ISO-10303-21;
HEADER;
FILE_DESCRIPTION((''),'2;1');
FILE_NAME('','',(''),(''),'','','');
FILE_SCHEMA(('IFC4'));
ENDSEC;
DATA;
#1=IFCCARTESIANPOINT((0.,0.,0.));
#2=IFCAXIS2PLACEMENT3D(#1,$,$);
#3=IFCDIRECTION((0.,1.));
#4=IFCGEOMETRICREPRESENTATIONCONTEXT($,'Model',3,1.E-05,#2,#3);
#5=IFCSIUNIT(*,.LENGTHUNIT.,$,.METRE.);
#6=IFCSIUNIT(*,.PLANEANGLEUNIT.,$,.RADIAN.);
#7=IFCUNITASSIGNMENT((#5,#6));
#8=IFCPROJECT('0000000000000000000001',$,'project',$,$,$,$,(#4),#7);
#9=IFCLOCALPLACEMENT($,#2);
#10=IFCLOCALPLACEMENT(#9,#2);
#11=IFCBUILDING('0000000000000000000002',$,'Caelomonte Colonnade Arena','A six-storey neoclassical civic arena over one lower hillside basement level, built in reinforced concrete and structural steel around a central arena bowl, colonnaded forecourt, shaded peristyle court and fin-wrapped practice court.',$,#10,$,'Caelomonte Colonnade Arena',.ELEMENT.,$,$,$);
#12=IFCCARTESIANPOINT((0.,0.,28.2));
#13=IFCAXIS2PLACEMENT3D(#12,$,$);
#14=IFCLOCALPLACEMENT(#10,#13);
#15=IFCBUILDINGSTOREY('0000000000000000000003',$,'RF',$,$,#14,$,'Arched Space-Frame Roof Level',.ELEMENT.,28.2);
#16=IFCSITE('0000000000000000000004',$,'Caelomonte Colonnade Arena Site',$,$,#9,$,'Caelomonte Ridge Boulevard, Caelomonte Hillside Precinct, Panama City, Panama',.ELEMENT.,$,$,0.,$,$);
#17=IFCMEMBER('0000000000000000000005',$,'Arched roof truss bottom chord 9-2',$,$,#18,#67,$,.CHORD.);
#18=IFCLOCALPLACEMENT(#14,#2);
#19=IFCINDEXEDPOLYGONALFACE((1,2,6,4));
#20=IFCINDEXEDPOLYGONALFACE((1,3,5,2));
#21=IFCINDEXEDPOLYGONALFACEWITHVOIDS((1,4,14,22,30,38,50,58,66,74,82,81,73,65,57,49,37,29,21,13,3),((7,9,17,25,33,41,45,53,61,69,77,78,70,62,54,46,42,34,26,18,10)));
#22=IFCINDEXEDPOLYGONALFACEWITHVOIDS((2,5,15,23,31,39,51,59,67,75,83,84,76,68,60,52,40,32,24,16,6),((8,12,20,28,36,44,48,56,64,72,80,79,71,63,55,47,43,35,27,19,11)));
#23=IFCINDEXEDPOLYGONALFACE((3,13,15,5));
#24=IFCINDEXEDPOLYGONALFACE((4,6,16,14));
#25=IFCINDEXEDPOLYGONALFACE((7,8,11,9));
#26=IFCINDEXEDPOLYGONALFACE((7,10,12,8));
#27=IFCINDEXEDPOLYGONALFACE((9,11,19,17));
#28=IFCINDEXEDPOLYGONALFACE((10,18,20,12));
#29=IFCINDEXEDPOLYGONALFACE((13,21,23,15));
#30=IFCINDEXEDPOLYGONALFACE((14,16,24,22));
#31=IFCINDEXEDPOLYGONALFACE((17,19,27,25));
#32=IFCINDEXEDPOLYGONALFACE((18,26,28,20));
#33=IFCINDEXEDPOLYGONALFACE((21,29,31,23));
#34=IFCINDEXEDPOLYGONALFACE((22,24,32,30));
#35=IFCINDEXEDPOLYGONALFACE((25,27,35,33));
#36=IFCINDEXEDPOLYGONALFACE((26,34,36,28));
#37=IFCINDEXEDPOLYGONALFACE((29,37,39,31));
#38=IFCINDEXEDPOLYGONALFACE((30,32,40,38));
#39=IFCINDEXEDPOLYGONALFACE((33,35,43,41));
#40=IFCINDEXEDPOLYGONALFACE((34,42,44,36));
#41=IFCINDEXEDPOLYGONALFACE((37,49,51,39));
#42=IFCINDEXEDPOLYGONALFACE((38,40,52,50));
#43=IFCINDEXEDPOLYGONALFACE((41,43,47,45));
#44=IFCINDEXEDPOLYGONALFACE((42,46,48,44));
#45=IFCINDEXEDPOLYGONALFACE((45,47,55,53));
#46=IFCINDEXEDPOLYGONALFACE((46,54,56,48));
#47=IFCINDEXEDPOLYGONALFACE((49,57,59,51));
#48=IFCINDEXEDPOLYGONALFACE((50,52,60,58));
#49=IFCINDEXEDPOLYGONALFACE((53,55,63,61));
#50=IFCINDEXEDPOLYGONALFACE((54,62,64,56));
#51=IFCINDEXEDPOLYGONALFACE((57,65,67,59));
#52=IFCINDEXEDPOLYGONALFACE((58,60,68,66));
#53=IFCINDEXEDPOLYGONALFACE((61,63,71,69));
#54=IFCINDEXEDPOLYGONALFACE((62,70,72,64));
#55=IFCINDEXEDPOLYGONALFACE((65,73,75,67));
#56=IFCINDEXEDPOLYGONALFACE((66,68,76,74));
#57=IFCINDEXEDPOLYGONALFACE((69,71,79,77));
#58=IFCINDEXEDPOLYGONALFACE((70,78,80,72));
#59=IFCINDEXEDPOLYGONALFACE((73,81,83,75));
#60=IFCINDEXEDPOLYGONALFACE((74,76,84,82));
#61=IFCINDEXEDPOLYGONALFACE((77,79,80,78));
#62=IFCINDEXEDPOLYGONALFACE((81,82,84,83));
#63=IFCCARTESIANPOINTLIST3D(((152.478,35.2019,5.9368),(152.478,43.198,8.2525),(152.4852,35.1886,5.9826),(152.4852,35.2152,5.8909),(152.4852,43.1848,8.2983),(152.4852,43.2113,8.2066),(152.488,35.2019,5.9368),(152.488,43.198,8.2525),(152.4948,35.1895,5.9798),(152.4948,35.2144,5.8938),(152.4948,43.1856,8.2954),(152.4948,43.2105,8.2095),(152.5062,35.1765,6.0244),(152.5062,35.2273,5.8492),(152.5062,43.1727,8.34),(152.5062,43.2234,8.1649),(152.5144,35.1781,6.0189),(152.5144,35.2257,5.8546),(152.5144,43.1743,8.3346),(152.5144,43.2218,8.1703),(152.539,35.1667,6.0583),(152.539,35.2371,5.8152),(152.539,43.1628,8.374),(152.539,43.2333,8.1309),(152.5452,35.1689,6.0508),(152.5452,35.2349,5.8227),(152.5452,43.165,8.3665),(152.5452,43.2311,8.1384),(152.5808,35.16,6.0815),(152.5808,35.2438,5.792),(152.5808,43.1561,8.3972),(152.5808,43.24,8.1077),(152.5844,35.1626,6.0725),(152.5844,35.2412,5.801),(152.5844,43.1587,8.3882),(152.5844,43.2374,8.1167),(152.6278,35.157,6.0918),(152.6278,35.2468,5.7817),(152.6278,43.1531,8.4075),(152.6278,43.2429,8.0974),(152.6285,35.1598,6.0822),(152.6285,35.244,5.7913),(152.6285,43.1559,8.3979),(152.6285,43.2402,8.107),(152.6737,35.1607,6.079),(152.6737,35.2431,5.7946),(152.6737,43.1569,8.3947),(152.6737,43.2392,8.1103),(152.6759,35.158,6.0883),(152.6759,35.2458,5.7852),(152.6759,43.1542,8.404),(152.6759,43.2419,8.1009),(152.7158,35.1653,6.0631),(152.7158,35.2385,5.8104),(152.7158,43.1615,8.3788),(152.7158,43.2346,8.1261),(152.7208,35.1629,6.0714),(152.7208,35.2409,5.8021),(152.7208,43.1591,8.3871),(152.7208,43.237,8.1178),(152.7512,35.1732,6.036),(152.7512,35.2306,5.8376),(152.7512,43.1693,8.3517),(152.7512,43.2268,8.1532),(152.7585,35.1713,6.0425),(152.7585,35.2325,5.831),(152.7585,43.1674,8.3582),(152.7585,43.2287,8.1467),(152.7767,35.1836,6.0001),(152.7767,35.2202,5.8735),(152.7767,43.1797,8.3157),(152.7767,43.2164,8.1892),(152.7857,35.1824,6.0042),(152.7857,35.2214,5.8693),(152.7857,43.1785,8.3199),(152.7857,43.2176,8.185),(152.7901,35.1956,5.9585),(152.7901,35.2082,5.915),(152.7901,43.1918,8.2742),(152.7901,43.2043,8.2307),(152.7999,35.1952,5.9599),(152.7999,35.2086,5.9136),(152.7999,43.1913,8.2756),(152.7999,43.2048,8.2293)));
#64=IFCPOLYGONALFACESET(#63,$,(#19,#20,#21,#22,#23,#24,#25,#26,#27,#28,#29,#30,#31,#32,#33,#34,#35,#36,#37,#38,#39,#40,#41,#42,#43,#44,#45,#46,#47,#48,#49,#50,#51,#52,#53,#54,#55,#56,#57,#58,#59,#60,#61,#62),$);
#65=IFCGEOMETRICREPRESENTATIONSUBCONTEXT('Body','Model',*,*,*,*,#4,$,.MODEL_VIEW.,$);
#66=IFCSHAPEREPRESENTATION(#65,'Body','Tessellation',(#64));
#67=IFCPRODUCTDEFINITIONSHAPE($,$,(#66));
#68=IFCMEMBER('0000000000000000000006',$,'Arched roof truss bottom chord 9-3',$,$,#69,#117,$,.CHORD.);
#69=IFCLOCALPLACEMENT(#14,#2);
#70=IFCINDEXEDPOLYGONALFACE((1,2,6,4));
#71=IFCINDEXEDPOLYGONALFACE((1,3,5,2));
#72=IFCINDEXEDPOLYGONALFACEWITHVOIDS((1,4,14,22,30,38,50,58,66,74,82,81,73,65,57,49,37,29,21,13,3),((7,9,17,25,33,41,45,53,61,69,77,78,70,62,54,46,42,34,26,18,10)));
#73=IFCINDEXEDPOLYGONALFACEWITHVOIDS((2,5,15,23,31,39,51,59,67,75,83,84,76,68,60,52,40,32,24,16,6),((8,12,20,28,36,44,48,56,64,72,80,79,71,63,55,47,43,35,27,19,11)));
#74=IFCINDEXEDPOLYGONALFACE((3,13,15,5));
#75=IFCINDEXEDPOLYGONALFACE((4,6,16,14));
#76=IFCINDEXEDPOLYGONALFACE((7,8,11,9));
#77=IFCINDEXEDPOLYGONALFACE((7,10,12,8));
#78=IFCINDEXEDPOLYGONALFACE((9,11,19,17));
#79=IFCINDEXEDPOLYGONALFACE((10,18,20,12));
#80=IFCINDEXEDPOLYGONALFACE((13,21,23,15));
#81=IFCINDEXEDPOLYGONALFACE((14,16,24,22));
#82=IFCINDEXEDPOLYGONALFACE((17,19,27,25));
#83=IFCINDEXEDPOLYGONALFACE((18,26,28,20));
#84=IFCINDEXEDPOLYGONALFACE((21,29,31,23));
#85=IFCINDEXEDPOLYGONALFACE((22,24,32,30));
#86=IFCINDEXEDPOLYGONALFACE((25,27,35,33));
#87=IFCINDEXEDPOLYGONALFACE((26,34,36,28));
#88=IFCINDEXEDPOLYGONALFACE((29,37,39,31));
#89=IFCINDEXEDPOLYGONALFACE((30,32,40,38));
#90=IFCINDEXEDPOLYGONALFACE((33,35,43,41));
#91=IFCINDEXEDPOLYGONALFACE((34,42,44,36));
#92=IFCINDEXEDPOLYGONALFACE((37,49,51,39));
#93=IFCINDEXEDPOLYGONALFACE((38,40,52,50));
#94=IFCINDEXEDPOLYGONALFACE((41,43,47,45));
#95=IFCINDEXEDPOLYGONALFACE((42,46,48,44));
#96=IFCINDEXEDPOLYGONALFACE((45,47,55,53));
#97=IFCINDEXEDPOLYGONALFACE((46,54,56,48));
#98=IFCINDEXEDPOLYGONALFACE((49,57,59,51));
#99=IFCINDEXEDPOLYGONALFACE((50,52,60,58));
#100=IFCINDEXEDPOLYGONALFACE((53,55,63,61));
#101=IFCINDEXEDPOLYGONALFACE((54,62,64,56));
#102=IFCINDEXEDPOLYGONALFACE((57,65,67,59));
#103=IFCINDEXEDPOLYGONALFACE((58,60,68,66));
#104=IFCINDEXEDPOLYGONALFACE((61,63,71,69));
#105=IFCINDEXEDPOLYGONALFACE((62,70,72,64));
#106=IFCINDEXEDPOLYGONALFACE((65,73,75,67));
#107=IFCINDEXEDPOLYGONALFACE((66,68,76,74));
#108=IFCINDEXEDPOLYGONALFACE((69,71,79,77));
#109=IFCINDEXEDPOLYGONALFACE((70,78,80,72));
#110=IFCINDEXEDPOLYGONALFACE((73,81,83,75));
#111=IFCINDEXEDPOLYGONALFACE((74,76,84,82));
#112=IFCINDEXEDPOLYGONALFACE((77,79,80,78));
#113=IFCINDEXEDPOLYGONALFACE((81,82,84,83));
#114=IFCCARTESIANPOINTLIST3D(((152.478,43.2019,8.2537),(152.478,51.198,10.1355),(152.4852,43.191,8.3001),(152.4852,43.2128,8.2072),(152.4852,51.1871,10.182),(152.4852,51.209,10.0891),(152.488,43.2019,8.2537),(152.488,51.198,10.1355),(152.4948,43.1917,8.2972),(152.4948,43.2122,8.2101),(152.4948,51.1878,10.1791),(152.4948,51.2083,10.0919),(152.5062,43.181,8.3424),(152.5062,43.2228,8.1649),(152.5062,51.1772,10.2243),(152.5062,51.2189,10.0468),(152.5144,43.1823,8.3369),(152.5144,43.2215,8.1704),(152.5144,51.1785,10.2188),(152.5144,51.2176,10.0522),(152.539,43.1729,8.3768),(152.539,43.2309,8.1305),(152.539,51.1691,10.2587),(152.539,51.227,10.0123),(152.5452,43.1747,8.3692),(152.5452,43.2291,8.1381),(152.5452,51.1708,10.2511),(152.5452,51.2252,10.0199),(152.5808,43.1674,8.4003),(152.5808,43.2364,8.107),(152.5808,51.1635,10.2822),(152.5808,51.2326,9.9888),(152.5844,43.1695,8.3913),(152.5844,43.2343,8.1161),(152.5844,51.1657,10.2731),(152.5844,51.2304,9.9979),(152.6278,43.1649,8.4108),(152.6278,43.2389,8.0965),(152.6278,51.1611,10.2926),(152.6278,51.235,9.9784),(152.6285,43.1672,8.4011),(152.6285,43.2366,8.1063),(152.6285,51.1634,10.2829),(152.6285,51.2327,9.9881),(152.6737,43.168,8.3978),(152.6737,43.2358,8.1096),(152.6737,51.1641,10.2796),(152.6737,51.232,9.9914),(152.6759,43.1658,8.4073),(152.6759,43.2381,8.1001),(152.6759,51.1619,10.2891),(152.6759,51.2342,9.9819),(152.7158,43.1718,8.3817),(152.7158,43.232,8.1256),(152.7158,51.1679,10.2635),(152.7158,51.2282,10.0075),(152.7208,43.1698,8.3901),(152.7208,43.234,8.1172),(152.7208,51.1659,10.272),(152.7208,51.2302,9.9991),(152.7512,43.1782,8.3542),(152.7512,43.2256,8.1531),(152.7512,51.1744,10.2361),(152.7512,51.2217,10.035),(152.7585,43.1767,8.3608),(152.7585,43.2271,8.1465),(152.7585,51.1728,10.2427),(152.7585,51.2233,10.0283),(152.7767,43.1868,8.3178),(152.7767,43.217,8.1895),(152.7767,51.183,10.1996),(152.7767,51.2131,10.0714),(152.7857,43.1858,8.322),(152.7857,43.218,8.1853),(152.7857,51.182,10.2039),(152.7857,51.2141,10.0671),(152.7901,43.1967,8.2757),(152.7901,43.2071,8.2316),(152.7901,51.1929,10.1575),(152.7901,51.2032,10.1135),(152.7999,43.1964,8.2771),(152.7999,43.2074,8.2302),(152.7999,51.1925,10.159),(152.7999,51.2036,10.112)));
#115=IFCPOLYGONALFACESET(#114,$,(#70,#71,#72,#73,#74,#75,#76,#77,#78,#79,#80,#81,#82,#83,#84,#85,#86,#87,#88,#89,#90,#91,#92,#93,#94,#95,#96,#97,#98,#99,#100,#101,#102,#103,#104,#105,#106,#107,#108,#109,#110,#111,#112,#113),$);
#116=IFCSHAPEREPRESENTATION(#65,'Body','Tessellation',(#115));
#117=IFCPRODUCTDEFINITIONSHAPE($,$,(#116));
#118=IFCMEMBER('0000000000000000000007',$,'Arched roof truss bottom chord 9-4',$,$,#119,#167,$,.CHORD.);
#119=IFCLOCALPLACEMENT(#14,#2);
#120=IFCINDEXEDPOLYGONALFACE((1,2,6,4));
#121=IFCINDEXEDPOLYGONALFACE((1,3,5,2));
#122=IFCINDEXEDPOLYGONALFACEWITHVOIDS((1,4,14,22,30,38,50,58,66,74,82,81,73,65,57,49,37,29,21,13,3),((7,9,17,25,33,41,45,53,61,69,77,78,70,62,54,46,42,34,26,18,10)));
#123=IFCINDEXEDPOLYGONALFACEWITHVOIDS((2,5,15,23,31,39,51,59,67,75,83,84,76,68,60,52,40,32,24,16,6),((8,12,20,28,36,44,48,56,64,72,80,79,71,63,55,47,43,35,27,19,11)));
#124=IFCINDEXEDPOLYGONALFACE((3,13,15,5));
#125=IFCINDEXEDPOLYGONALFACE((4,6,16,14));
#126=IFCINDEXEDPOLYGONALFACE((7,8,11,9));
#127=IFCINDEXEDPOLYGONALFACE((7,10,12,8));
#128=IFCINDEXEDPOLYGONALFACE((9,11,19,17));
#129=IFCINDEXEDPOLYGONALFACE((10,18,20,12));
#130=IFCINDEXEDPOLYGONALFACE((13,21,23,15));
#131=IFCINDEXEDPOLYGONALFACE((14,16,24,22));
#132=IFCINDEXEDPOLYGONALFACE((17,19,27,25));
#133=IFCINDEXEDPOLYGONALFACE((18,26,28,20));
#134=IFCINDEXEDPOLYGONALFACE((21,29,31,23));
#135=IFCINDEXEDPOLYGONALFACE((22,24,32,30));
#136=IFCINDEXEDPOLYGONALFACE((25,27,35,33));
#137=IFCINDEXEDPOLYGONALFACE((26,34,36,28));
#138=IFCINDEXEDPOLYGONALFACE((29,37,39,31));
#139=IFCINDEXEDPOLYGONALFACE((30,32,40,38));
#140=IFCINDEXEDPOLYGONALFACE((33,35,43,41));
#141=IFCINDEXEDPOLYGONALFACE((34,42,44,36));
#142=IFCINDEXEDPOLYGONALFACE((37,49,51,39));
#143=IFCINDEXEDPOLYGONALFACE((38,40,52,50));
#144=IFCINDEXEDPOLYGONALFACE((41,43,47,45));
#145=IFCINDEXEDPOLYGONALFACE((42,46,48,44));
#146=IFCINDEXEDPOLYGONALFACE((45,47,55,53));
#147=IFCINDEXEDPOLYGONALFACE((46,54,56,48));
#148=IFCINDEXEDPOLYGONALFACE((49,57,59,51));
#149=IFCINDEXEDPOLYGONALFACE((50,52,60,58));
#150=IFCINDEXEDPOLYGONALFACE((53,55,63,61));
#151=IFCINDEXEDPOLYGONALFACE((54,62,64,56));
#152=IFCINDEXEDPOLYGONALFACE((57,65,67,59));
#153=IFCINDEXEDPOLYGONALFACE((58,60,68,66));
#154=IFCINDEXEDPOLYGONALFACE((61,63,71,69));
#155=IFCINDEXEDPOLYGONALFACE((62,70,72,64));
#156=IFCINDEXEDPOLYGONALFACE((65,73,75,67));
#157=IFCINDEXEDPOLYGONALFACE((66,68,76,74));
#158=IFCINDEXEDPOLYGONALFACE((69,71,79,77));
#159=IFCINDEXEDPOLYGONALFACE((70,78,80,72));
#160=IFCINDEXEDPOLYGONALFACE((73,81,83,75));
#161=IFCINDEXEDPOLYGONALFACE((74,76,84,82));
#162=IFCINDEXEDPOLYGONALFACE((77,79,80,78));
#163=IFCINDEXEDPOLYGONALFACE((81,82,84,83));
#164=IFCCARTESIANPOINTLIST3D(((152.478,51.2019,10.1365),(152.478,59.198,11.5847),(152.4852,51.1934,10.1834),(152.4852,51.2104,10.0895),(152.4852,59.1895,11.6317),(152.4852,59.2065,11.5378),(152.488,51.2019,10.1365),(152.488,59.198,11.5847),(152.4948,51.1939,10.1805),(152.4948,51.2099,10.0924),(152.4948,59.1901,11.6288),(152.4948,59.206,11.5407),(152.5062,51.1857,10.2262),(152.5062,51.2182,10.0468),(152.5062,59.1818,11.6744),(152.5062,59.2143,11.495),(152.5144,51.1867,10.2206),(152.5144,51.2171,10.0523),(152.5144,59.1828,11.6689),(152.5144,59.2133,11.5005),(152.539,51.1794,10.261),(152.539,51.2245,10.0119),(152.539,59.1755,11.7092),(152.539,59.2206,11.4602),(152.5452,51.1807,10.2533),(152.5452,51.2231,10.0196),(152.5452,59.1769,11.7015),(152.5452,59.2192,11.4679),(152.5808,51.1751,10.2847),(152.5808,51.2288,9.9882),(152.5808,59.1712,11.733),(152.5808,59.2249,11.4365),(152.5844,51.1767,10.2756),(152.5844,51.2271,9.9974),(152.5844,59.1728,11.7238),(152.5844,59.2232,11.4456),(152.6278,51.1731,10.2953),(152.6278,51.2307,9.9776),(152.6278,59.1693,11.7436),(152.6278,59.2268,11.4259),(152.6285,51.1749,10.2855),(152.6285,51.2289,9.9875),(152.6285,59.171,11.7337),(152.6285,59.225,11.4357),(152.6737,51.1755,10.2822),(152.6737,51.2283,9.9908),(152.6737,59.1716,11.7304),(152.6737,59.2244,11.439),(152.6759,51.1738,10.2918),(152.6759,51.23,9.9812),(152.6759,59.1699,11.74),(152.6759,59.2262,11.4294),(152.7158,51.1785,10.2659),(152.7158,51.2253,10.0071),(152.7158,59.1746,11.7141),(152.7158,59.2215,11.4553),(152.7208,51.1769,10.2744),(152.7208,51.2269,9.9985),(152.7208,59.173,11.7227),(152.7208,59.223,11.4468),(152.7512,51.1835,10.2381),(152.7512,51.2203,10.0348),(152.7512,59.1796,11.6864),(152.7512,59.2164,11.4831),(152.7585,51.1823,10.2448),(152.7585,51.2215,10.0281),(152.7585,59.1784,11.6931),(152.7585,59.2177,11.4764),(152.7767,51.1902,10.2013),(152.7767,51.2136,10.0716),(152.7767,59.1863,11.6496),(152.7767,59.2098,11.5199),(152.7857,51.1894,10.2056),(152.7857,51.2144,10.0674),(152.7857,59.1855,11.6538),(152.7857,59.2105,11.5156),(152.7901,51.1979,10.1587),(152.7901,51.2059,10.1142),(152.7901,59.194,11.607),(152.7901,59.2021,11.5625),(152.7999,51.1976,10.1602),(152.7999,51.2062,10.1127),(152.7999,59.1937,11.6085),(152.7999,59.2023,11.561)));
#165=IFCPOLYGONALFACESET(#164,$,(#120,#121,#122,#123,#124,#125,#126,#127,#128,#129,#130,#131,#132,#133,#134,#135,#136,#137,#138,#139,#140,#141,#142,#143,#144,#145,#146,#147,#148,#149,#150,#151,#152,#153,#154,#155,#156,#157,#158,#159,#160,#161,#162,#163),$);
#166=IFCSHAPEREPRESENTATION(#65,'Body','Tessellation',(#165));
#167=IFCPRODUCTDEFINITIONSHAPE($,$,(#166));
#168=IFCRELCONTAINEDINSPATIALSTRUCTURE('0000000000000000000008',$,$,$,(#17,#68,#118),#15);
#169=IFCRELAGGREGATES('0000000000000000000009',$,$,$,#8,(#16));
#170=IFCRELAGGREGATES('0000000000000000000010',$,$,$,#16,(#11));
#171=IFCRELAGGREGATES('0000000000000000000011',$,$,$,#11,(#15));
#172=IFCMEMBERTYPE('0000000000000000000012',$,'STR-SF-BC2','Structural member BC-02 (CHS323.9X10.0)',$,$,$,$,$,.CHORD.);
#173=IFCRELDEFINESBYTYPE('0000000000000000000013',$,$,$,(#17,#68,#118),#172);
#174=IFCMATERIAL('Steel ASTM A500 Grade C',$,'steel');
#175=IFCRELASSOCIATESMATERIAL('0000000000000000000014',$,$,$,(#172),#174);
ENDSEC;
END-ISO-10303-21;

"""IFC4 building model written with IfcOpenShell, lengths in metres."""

from ifc_helpers import new_model, si_unit, direction, frame, origin, origin_2d, place, context, subcontext, project, spatial, hollow_circle, extrude, material, material_profile, profile_set, type_object, element, save


model = new_model("IFC4")

# Units and contexts
model_context = context("Model", 3, precision=1e-05, world=origin(), true_north=direction((0.0, 1.0)))
body_context = subcontext(model_context, "Body", "Model", "MODEL_VIEW")
ifc_project = project(units=[si_unit("LENGTHUNIT", "METRE"), si_unit("PLANEANGLEUNIT", "RADIAN")], contexts=[model_context])

# Site, building, storey
site_placement = place(None, origin())
site = spatial("IfcSite", under=ifc_project, at=site_placement, Name="Caelomonte Colonnade Arena Site", LongName="Caelomonte Ridge Boulevard, Caelomonte Hillside Precinct, Panama City, Panama", CompositionType="ELEMENT", RefElevation=0.0)
building_placement = place(site_placement, origin())
building = spatial("IfcBuilding", under=site, at=building_placement, Name="Caelomonte Colonnade Arena", Description="A six-storey neoclassical civic arena over one lower hillside basement level, built in reinforced concrete and structural steel around a central arena bowl, colonnaded forecourt, shaded peristyle court and fin-wrapped practice court.", LongName="Caelomonte Colonnade Arena", CompositionType="ELEMENT")
storey_placement = place(building_placement, frame((0.0, 0.0, 28.2)))
storey = spatial("IfcBuildingStorey", under=building, at=storey_placement, Name="RF", LongName="Arched Space-Frame Roof Level", CompositionType="ELEMENT", Elevation=28.2)

# Members
ifc_material_1 = material(Name="Steel ASTM A500 Grade C", Category="steel")
ifc_material_profile_1 = material_profile(ifc_material_1, hollow_circle(Radius=0.1619, WallThickness=0.01, at=origin_2d()), Name="CHS323.9X10.0")
ifc_profile_set_1 = profile_set([ifc_material_profile_1], Name="Steel ASTM A500 Grade C")
member_type_1 = type_object("IfcMemberType", Name="STR-SF-BC2", Description="Structural member BC-02 (CHS323.9X10.0)", PredefinedType="CHORD", material=ifc_profile_set_1)
member_1_placement = place(storey_placement, frame((152.6399, 35.2019, 5.9368), z_axis=(0.0, 0.960532, 0.278171), x_axis=(-1.0, 0.0, 0.0)))
element("IfcMember", 1, at=member_1_placement, inside=storey, type_object=member_type_1, Name="Arched roof truss bottom chord 9-2", PredefinedType="CHORD", context=body_context, shape_type="SweptSolid", body=[
    extrude(hollow_circle(Radius=0.1619, WallThickness=0.01, at=origin_2d()), origin(), (0.0, 0.0, 1.0), 8.3247),
])
member_2_placement = place(storey_placement, frame((152.6399, 43.2019, 8.2537), z_axis=(0.0, 0.973406, 0.229086), x_axis=(-1.0, 0.0, 0.0)))
element("IfcMember", 2, at=member_2_placement, inside=storey, type_object=member_type_1, Name="Arched roof truss bottom chord 9-3", PredefinedType="CHORD", context=body_context, shape_type="SweptSolid", body=[
    extrude(hollow_circle(Radius=0.1619, WallThickness=0.01, at=origin_2d()), origin(), (0.0, 0.0, 1.0), 8.2146),
])
member_3_placement = place(storey_placement, frame((152.6399, 51.2019, 10.1365), z_axis=(0.0, 0.983991, 0.178219), x_axis=(-1.0, 0.0, 0.0)))
element("IfcMember", 3, at=member_3_placement, inside=storey, type_object=member_type_1, Name="Arched roof truss bottom chord 9-4", PredefinedType="CHORD", context=body_context, shape_type="SweptSolid", body=[
    extrude(hollow_circle(Radius=0.1619, WallThickness=0.01, at=origin_2d()), origin(), (0.0, 0.0, 1.0), 8.1262),
])

save(model, "model.ifc")
